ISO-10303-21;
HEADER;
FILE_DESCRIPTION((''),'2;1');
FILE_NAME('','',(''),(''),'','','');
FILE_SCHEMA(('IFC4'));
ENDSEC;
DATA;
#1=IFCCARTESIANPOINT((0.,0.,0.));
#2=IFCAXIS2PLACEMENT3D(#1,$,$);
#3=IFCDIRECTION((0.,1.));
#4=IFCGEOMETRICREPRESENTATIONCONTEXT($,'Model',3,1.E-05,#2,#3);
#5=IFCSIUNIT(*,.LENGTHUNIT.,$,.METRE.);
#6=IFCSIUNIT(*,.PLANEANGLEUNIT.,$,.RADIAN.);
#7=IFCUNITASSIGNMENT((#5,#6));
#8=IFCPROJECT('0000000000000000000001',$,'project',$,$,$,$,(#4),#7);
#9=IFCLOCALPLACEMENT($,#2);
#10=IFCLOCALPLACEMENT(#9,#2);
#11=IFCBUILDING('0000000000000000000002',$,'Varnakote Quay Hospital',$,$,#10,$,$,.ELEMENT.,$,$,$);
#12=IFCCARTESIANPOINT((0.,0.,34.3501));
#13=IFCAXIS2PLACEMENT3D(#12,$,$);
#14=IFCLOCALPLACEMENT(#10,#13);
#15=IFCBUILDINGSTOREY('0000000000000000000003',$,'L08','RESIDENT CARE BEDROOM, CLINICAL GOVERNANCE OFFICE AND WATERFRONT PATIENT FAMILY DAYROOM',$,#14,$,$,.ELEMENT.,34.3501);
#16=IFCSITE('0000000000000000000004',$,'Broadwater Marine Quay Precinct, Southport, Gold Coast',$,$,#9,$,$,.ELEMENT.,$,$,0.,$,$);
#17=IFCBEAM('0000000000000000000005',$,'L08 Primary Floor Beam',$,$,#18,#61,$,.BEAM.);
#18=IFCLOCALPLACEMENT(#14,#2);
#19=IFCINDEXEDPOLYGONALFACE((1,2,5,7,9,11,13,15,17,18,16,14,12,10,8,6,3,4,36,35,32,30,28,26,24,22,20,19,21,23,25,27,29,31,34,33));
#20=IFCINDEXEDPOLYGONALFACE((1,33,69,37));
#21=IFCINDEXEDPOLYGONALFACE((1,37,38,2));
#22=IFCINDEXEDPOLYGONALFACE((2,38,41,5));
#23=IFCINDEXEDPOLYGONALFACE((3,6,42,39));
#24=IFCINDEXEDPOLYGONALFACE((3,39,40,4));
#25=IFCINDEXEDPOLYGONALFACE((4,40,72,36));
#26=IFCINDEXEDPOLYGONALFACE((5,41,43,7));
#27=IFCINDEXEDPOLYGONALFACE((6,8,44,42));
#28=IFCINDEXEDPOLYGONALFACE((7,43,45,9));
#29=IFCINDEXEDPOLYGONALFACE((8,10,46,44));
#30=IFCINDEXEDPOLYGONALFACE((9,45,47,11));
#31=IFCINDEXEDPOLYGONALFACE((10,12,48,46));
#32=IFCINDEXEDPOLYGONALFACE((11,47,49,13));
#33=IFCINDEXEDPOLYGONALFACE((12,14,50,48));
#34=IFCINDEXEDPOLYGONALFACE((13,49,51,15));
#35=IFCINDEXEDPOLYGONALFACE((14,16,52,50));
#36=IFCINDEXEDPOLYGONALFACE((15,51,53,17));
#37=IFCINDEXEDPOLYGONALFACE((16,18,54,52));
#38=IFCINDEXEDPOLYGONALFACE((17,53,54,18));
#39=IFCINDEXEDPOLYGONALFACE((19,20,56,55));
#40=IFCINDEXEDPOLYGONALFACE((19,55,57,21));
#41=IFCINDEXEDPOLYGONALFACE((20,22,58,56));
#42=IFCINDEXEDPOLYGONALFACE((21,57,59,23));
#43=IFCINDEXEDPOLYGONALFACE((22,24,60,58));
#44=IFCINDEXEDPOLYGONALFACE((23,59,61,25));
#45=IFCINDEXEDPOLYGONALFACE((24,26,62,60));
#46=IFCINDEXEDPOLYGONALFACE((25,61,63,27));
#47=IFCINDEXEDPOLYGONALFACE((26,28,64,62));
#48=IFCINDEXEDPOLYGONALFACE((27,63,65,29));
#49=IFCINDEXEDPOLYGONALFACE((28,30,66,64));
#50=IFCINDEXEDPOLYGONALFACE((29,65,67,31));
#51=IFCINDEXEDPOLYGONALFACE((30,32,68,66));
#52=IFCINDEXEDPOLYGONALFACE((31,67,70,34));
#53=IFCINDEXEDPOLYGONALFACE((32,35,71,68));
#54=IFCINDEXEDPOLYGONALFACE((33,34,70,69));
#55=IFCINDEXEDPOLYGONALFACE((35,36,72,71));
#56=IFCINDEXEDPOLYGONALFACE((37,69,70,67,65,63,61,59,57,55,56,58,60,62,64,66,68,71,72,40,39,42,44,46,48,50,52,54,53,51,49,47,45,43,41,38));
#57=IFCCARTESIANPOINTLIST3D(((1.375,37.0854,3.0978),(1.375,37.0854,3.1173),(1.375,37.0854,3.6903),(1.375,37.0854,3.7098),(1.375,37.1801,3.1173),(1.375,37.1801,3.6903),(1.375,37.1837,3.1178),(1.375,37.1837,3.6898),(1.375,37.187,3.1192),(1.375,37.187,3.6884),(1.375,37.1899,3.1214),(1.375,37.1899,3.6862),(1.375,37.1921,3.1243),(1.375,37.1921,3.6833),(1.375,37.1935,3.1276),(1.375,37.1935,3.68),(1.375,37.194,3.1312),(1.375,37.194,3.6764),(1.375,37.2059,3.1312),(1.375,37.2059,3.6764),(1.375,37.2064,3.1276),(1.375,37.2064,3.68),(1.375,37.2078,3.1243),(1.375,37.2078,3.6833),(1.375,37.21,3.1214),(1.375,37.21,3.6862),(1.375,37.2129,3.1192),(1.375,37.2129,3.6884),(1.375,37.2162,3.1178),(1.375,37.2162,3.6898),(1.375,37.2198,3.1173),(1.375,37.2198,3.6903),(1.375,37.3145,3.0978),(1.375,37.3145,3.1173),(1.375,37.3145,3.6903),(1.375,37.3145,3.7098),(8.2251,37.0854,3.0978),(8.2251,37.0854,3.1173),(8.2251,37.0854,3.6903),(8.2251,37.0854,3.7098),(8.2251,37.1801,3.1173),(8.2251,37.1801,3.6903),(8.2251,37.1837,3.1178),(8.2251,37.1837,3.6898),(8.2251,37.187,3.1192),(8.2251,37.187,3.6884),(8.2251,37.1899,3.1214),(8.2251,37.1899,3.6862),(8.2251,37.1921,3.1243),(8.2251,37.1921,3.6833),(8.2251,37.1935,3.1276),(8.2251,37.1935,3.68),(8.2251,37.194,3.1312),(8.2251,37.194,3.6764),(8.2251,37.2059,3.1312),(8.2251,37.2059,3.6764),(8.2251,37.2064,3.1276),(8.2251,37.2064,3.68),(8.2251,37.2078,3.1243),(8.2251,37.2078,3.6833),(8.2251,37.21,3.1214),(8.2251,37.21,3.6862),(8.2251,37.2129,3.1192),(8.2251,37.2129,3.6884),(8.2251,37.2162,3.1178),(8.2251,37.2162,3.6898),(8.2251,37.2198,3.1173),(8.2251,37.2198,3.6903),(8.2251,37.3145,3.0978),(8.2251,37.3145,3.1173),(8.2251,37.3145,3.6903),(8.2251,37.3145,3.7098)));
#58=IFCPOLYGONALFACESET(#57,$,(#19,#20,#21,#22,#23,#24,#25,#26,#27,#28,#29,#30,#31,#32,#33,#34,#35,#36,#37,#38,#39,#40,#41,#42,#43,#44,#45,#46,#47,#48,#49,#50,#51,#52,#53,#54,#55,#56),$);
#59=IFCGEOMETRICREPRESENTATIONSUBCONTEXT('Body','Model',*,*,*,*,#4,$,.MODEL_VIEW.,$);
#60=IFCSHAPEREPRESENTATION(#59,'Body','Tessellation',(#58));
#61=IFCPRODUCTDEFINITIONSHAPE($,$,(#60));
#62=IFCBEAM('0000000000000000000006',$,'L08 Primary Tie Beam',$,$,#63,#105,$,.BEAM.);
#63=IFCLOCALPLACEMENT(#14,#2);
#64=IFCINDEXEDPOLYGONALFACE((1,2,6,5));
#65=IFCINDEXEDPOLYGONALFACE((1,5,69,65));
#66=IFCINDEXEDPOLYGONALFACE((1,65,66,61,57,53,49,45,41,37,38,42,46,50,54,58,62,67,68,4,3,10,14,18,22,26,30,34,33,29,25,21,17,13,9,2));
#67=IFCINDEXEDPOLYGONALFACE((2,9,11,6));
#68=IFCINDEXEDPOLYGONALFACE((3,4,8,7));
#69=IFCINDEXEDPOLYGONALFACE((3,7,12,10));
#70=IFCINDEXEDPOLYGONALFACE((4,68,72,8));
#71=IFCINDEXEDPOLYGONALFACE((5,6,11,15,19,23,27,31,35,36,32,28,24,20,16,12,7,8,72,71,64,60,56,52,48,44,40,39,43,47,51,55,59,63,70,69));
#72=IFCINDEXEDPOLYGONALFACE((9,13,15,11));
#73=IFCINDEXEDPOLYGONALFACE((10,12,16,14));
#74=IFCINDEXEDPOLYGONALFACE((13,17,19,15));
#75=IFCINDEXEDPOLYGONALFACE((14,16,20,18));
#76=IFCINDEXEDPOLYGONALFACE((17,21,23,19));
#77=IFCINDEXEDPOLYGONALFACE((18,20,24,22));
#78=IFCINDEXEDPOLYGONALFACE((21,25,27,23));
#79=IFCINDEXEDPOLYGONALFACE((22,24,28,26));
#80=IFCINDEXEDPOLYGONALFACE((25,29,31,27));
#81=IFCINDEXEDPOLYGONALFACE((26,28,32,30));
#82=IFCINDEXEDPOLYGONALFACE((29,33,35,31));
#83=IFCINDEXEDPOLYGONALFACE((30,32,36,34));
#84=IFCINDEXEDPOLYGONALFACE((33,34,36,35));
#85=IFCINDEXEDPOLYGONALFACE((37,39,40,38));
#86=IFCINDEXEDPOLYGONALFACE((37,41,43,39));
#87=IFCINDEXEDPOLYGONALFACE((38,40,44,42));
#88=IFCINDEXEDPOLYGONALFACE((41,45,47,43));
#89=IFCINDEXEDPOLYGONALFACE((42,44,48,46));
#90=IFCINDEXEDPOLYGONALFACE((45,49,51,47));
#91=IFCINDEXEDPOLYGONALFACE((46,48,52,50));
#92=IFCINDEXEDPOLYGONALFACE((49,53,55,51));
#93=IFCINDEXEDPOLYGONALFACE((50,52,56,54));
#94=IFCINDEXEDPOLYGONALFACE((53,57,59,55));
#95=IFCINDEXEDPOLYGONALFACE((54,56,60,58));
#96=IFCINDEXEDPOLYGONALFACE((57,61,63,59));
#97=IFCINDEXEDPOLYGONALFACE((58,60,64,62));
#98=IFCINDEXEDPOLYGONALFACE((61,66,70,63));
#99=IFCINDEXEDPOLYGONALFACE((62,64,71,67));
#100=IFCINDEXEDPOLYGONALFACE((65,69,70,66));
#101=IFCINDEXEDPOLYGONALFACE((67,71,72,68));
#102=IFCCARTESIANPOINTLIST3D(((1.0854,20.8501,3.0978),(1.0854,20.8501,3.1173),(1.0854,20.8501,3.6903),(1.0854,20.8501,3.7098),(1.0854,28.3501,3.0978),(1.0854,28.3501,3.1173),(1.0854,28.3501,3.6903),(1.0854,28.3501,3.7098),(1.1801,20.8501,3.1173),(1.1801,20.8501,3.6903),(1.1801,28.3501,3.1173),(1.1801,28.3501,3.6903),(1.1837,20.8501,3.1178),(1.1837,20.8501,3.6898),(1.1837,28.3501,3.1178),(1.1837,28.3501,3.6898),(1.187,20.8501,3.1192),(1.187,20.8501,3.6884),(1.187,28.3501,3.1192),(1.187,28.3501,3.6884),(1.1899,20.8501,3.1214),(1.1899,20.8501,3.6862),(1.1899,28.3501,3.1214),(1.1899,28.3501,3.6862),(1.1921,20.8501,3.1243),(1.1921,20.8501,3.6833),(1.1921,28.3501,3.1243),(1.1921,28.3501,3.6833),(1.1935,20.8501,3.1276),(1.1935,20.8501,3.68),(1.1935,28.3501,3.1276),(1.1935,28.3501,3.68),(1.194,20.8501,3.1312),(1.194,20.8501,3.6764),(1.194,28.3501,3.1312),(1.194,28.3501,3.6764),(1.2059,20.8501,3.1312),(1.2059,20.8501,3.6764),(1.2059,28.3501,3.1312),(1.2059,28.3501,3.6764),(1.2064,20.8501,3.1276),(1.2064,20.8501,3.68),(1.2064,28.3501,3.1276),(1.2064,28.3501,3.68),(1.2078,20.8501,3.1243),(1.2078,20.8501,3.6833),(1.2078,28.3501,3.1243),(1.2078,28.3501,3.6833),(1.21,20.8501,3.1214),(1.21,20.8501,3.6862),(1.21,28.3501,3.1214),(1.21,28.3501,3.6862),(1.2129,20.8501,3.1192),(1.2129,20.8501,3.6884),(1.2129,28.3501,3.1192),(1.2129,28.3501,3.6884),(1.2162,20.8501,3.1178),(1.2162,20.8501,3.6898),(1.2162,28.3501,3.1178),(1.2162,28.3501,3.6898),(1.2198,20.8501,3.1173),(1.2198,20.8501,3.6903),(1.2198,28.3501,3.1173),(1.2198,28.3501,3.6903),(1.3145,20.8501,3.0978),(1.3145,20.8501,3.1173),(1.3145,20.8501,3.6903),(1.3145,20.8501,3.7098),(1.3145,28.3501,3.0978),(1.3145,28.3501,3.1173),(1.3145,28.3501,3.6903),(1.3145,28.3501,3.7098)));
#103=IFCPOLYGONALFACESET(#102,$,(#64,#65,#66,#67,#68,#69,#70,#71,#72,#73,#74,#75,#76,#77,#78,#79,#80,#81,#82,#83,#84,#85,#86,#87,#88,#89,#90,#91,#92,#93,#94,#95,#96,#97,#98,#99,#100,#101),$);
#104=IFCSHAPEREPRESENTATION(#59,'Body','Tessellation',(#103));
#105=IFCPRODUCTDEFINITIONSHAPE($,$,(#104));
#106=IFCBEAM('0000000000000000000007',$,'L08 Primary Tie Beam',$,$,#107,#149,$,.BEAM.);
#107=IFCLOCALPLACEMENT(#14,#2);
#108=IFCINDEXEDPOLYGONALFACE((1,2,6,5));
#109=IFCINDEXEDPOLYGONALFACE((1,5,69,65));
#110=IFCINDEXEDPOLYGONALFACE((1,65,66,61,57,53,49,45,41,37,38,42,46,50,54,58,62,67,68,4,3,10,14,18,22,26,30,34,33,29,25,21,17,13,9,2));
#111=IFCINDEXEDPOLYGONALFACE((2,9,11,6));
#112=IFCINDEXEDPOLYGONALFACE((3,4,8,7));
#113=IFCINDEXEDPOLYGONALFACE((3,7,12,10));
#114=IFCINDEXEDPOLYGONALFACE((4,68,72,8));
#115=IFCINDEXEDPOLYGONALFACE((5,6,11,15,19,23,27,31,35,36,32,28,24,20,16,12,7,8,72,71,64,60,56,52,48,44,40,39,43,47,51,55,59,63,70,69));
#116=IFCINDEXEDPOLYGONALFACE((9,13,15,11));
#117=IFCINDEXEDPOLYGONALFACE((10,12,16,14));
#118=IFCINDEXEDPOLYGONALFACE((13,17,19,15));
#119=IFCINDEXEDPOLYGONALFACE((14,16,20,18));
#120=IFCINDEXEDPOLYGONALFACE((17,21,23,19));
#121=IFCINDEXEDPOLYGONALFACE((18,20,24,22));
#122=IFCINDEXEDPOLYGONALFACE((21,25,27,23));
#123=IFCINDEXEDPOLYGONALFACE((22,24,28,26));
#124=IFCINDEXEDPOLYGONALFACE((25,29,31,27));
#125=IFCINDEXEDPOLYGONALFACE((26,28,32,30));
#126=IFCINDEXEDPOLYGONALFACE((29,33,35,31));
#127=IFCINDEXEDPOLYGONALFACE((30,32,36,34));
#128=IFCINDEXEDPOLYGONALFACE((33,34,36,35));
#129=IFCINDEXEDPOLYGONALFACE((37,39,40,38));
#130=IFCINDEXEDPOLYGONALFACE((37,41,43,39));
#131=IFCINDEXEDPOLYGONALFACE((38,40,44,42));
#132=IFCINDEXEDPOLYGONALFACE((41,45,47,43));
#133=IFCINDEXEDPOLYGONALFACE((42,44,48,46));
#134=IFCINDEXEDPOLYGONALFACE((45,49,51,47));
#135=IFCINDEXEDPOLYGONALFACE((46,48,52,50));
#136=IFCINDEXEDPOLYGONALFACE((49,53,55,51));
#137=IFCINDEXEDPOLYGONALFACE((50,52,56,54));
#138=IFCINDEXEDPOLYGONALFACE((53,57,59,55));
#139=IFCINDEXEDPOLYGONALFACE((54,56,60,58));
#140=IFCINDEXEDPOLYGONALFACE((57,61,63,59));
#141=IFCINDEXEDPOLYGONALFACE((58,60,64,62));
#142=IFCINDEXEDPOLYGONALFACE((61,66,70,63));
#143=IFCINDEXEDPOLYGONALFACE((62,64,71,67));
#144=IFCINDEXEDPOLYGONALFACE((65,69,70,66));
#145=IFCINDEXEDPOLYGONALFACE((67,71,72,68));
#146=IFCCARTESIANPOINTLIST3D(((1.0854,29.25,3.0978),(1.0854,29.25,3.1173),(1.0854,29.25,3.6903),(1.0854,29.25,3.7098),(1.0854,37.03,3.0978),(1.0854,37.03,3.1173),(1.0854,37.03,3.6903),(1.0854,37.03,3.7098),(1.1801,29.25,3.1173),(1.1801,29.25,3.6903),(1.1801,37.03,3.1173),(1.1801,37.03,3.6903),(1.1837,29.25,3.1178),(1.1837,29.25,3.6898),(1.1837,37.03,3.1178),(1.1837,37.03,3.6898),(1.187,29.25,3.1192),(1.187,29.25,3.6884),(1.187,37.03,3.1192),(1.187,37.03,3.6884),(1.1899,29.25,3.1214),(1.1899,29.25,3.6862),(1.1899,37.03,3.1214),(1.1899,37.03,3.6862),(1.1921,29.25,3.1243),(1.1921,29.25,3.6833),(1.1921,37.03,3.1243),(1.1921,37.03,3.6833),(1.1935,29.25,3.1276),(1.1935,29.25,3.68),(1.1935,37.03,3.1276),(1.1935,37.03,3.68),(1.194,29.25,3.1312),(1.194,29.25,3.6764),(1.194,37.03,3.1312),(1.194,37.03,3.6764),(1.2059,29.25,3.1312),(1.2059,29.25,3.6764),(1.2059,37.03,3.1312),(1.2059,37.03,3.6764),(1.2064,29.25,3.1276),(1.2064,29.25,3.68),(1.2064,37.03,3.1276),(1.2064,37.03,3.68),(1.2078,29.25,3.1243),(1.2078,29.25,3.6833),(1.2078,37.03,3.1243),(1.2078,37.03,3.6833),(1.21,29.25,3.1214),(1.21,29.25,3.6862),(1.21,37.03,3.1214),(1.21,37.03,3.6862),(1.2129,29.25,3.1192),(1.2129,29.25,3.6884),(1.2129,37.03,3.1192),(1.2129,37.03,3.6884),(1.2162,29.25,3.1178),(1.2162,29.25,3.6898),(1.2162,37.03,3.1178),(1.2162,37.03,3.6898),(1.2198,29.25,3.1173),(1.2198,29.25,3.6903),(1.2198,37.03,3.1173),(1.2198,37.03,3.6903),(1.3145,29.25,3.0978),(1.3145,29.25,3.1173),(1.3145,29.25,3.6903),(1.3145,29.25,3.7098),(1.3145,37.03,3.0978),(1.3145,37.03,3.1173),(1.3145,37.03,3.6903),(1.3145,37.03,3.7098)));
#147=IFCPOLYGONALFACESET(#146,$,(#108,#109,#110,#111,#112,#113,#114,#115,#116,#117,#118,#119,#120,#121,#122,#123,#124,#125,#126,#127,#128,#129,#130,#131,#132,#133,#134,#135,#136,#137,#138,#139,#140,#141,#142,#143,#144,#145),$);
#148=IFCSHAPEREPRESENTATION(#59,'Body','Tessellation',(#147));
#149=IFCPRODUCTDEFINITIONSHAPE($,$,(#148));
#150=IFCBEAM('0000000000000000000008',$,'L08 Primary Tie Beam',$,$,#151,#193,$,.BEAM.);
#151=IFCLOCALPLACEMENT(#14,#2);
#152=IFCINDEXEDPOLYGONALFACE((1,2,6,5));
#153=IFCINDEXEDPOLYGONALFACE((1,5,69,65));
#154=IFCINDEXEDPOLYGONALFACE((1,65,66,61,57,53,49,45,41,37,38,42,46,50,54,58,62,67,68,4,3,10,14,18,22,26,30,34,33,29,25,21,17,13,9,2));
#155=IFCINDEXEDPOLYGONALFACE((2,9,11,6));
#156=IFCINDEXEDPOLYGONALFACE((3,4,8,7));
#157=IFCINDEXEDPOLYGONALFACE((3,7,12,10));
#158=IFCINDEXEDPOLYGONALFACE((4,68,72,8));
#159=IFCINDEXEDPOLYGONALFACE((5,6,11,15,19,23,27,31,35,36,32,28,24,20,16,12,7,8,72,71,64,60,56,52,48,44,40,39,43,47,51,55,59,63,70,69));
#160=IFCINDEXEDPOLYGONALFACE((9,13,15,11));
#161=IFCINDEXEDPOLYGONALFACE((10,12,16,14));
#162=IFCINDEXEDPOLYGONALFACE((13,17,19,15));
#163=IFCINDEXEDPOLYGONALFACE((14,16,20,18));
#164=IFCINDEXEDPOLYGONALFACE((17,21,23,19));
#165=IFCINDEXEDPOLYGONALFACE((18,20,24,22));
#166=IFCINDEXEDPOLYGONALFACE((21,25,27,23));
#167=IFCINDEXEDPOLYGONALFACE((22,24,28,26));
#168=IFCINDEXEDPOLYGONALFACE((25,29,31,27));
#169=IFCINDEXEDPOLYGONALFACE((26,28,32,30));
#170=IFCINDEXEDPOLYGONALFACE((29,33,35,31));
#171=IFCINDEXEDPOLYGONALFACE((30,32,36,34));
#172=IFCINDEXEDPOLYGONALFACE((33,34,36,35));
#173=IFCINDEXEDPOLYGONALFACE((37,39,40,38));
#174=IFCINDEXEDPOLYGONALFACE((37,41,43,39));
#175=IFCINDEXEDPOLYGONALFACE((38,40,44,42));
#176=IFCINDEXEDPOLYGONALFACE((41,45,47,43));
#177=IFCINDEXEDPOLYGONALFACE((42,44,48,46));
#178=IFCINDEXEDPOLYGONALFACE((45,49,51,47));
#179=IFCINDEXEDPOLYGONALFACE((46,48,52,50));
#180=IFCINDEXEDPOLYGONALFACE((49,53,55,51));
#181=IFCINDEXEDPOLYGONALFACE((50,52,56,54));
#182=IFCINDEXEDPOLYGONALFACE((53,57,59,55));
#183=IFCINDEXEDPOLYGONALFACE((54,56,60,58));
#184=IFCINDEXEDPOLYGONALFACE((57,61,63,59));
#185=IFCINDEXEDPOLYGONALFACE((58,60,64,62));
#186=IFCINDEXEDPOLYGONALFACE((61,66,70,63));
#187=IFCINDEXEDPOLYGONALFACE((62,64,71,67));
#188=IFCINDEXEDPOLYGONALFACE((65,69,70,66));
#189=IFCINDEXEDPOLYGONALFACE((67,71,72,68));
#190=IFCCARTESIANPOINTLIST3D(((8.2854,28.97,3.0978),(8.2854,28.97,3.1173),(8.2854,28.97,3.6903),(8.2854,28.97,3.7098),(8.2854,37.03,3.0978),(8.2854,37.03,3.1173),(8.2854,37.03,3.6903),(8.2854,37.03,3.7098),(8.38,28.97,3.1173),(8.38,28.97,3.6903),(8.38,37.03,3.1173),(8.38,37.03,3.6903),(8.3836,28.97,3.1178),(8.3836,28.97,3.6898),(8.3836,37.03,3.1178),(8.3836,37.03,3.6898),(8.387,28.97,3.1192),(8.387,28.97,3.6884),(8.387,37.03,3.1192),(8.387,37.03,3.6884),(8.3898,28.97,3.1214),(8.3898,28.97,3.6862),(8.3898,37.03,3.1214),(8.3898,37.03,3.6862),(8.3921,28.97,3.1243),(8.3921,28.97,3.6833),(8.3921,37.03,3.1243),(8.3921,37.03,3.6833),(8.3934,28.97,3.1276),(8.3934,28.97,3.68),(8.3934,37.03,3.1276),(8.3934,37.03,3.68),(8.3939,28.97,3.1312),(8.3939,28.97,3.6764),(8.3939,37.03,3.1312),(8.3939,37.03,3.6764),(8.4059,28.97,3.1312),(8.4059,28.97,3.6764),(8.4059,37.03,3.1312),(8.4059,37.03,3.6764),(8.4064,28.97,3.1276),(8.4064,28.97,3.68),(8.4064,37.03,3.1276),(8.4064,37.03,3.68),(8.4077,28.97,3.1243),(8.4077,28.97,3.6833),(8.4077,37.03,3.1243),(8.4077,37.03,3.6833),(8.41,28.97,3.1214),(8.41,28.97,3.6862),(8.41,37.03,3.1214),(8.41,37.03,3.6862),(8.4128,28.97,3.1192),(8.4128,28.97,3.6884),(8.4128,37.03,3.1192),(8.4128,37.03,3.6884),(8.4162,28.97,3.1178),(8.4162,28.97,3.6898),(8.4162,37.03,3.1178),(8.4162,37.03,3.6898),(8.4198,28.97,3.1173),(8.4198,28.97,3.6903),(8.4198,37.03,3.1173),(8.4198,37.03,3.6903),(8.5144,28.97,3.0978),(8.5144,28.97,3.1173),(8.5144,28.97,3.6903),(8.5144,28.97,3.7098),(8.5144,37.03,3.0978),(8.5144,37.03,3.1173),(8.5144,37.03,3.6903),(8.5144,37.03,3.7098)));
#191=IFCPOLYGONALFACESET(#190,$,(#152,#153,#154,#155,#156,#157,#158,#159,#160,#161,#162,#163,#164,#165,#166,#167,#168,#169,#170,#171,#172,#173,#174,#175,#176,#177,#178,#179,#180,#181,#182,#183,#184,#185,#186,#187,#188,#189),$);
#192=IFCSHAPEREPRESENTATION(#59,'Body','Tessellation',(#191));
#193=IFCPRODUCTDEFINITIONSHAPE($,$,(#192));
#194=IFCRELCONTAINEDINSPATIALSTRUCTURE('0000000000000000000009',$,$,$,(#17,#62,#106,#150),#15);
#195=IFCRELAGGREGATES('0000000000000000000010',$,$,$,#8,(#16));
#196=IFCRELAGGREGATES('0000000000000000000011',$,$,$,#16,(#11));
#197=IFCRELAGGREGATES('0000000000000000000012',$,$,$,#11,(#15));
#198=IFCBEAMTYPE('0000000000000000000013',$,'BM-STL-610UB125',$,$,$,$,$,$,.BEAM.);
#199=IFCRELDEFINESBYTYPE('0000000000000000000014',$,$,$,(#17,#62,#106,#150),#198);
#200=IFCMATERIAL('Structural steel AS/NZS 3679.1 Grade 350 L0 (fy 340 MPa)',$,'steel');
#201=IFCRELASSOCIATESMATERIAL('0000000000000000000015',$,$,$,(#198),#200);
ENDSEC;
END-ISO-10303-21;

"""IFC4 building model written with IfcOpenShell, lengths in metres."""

from ifc_helpers import new_model, si_unit, direction, frame, origin, origin_2d, place, context, subcontext, project, spatial, i_section, extrude, material, material_profile, profile_set, type_object, element, save


model = new_model("IFC4")

# Units and contexts
model_context = context("Model", 3, precision=1e-05, world=origin(), true_north=direction((0.0, 1.0)))
body_context = subcontext(model_context, "Body", "Model", "MODEL_VIEW")
ifc_project = project(units=[si_unit("LENGTHUNIT", "METRE"), si_unit("PLANEANGLEUNIT", "RADIAN")], contexts=[model_context])

# Site, building, storey
site_placement = place(None, origin())
site = spatial("IfcSite", under=ifc_project, at=site_placement, Name="Broadwater Marine Quay Precinct, Southport, Gold Coast", CompositionType="ELEMENT", RefElevation=0.0)
building_placement = place(site_placement, origin())
building = spatial("IfcBuilding", under=site, at=building_placement, Name="Varnakote Quay Hospital", CompositionType="ELEMENT")
storey_placement = place(building_placement, frame((0.0, 0.0, 34.3501)))
storey = spatial("IfcBuildingStorey", under=building, at=storey_placement, Name="L08", Description="RESIDENT CARE BEDROOM, CLINICAL GOVERNANCE OFFICE AND WATERFRONT PATIENT FAMILY DAYROOM", CompositionType="ELEMENT", Elevation=34.3501)

# Beams
ifc_material_1 = material(Name="Structural steel AS/NZS 3679.1 Grade 350 L0 (fy 340 MPa)", Category="steel")
ifc_material_profile_1 = material_profile(ifc_material_1, i_section(OverallWidth=0.229, OverallDepth=0.6121, WebThickness=0.012, FlangeThickness=0.0195, FilletRadius=0.0139, at=origin_2d()), Name="610UB125")
ifc_profile_set_1 = profile_set([ifc_material_profile_1], Name="Structural steel AS/NZS 3679.1 Grade 350 L0 (fy 340 MPa)")
beam_type_1 = type_object("IfcBeamType", Name="BM-STL-610UB125", PredefinedType="BEAM", material=ifc_profile_set_1)
beam_1_placement = place(storey_placement, frame((1.375, 37.2, 3.4038), z_axis=(1.0, 0.0, 0.0), x_axis=(0.0, 1.0, 0.0)))
element("IfcBeam", 1, at=beam_1_placement, inside=storey, type_object=beam_type_1, Name="L08 Primary Floor Beam", PredefinedType="BEAM", context=body_context, shape_type="SweptSolid", body=[
    extrude(i_section(OverallWidth=0.229, OverallDepth=0.6121, WebThickness=0.012, FlangeThickness=0.0195, FilletRadius=0.0139, at=origin_2d()), origin(), (0.0, 0.0, 1.0), 6.8501),
])
beam_2_placement = place(storey_placement, frame((1.2, 20.8501, 3.4038), z_axis=(0.0, 1.0, 0.0), x_axis=(-1.0, 0.0, 0.0)))
element("IfcBeam", 2, at=beam_2_placement, inside=storey, type_object=beam_type_1, Name="L08 Primary Tie Beam", PredefinedType="BEAM", context=body_context, shape_type="SweptSolid", body=[
    extrude(i_section(OverallWidth=0.229, OverallDepth=0.6121, WebThickness=0.012, FlangeThickness=0.0195, FilletRadius=0.0139, at=origin_2d()), origin(), (0.0, 0.0, 1.0), 7.5),
])
beam_3_placement = place(storey_placement, frame((1.2, 29.25, 3.4038), z_axis=(0.0, 1.0, 0.0), x_axis=(-1.0, 0.0, 0.0)))
element("IfcBeam", 3, at=beam_3_placement, inside=storey, type_object=beam_type_1, Name="L08 Primary Tie Beam", PredefinedType="BEAM", context=body_context, shape_type="SweptSolid", body=[
    extrude(i_section(OverallWidth=0.229, OverallDepth=0.6121, WebThickness=0.012, FlangeThickness=0.0195, FilletRadius=0.0139, at=origin_2d()), origin(), (0.0, 0.0, 1.0), 7.78),
])
beam_4_placement = place(storey_placement, frame((8.3999, 28.97, 3.4038), z_axis=(0.0, 1.0, 0.0), x_axis=(-1.0, 0.0, 0.0)))
element("IfcBeam", 4, at=beam_4_placement, inside=storey, type_object=beam_type_1, Name="L08 Primary Tie Beam", PredefinedType="BEAM", context=body_context, shape_type="SweptSolid", body=[
    extrude(i_section(OverallWidth=0.229, OverallDepth=0.6121, WebThickness=0.012, FlangeThickness=0.0195, FilletRadius=0.0139, at=origin_2d()), origin(), (0.0, 0.0, 1.0), 8.0601),
])

save(model, "model.ifc")
